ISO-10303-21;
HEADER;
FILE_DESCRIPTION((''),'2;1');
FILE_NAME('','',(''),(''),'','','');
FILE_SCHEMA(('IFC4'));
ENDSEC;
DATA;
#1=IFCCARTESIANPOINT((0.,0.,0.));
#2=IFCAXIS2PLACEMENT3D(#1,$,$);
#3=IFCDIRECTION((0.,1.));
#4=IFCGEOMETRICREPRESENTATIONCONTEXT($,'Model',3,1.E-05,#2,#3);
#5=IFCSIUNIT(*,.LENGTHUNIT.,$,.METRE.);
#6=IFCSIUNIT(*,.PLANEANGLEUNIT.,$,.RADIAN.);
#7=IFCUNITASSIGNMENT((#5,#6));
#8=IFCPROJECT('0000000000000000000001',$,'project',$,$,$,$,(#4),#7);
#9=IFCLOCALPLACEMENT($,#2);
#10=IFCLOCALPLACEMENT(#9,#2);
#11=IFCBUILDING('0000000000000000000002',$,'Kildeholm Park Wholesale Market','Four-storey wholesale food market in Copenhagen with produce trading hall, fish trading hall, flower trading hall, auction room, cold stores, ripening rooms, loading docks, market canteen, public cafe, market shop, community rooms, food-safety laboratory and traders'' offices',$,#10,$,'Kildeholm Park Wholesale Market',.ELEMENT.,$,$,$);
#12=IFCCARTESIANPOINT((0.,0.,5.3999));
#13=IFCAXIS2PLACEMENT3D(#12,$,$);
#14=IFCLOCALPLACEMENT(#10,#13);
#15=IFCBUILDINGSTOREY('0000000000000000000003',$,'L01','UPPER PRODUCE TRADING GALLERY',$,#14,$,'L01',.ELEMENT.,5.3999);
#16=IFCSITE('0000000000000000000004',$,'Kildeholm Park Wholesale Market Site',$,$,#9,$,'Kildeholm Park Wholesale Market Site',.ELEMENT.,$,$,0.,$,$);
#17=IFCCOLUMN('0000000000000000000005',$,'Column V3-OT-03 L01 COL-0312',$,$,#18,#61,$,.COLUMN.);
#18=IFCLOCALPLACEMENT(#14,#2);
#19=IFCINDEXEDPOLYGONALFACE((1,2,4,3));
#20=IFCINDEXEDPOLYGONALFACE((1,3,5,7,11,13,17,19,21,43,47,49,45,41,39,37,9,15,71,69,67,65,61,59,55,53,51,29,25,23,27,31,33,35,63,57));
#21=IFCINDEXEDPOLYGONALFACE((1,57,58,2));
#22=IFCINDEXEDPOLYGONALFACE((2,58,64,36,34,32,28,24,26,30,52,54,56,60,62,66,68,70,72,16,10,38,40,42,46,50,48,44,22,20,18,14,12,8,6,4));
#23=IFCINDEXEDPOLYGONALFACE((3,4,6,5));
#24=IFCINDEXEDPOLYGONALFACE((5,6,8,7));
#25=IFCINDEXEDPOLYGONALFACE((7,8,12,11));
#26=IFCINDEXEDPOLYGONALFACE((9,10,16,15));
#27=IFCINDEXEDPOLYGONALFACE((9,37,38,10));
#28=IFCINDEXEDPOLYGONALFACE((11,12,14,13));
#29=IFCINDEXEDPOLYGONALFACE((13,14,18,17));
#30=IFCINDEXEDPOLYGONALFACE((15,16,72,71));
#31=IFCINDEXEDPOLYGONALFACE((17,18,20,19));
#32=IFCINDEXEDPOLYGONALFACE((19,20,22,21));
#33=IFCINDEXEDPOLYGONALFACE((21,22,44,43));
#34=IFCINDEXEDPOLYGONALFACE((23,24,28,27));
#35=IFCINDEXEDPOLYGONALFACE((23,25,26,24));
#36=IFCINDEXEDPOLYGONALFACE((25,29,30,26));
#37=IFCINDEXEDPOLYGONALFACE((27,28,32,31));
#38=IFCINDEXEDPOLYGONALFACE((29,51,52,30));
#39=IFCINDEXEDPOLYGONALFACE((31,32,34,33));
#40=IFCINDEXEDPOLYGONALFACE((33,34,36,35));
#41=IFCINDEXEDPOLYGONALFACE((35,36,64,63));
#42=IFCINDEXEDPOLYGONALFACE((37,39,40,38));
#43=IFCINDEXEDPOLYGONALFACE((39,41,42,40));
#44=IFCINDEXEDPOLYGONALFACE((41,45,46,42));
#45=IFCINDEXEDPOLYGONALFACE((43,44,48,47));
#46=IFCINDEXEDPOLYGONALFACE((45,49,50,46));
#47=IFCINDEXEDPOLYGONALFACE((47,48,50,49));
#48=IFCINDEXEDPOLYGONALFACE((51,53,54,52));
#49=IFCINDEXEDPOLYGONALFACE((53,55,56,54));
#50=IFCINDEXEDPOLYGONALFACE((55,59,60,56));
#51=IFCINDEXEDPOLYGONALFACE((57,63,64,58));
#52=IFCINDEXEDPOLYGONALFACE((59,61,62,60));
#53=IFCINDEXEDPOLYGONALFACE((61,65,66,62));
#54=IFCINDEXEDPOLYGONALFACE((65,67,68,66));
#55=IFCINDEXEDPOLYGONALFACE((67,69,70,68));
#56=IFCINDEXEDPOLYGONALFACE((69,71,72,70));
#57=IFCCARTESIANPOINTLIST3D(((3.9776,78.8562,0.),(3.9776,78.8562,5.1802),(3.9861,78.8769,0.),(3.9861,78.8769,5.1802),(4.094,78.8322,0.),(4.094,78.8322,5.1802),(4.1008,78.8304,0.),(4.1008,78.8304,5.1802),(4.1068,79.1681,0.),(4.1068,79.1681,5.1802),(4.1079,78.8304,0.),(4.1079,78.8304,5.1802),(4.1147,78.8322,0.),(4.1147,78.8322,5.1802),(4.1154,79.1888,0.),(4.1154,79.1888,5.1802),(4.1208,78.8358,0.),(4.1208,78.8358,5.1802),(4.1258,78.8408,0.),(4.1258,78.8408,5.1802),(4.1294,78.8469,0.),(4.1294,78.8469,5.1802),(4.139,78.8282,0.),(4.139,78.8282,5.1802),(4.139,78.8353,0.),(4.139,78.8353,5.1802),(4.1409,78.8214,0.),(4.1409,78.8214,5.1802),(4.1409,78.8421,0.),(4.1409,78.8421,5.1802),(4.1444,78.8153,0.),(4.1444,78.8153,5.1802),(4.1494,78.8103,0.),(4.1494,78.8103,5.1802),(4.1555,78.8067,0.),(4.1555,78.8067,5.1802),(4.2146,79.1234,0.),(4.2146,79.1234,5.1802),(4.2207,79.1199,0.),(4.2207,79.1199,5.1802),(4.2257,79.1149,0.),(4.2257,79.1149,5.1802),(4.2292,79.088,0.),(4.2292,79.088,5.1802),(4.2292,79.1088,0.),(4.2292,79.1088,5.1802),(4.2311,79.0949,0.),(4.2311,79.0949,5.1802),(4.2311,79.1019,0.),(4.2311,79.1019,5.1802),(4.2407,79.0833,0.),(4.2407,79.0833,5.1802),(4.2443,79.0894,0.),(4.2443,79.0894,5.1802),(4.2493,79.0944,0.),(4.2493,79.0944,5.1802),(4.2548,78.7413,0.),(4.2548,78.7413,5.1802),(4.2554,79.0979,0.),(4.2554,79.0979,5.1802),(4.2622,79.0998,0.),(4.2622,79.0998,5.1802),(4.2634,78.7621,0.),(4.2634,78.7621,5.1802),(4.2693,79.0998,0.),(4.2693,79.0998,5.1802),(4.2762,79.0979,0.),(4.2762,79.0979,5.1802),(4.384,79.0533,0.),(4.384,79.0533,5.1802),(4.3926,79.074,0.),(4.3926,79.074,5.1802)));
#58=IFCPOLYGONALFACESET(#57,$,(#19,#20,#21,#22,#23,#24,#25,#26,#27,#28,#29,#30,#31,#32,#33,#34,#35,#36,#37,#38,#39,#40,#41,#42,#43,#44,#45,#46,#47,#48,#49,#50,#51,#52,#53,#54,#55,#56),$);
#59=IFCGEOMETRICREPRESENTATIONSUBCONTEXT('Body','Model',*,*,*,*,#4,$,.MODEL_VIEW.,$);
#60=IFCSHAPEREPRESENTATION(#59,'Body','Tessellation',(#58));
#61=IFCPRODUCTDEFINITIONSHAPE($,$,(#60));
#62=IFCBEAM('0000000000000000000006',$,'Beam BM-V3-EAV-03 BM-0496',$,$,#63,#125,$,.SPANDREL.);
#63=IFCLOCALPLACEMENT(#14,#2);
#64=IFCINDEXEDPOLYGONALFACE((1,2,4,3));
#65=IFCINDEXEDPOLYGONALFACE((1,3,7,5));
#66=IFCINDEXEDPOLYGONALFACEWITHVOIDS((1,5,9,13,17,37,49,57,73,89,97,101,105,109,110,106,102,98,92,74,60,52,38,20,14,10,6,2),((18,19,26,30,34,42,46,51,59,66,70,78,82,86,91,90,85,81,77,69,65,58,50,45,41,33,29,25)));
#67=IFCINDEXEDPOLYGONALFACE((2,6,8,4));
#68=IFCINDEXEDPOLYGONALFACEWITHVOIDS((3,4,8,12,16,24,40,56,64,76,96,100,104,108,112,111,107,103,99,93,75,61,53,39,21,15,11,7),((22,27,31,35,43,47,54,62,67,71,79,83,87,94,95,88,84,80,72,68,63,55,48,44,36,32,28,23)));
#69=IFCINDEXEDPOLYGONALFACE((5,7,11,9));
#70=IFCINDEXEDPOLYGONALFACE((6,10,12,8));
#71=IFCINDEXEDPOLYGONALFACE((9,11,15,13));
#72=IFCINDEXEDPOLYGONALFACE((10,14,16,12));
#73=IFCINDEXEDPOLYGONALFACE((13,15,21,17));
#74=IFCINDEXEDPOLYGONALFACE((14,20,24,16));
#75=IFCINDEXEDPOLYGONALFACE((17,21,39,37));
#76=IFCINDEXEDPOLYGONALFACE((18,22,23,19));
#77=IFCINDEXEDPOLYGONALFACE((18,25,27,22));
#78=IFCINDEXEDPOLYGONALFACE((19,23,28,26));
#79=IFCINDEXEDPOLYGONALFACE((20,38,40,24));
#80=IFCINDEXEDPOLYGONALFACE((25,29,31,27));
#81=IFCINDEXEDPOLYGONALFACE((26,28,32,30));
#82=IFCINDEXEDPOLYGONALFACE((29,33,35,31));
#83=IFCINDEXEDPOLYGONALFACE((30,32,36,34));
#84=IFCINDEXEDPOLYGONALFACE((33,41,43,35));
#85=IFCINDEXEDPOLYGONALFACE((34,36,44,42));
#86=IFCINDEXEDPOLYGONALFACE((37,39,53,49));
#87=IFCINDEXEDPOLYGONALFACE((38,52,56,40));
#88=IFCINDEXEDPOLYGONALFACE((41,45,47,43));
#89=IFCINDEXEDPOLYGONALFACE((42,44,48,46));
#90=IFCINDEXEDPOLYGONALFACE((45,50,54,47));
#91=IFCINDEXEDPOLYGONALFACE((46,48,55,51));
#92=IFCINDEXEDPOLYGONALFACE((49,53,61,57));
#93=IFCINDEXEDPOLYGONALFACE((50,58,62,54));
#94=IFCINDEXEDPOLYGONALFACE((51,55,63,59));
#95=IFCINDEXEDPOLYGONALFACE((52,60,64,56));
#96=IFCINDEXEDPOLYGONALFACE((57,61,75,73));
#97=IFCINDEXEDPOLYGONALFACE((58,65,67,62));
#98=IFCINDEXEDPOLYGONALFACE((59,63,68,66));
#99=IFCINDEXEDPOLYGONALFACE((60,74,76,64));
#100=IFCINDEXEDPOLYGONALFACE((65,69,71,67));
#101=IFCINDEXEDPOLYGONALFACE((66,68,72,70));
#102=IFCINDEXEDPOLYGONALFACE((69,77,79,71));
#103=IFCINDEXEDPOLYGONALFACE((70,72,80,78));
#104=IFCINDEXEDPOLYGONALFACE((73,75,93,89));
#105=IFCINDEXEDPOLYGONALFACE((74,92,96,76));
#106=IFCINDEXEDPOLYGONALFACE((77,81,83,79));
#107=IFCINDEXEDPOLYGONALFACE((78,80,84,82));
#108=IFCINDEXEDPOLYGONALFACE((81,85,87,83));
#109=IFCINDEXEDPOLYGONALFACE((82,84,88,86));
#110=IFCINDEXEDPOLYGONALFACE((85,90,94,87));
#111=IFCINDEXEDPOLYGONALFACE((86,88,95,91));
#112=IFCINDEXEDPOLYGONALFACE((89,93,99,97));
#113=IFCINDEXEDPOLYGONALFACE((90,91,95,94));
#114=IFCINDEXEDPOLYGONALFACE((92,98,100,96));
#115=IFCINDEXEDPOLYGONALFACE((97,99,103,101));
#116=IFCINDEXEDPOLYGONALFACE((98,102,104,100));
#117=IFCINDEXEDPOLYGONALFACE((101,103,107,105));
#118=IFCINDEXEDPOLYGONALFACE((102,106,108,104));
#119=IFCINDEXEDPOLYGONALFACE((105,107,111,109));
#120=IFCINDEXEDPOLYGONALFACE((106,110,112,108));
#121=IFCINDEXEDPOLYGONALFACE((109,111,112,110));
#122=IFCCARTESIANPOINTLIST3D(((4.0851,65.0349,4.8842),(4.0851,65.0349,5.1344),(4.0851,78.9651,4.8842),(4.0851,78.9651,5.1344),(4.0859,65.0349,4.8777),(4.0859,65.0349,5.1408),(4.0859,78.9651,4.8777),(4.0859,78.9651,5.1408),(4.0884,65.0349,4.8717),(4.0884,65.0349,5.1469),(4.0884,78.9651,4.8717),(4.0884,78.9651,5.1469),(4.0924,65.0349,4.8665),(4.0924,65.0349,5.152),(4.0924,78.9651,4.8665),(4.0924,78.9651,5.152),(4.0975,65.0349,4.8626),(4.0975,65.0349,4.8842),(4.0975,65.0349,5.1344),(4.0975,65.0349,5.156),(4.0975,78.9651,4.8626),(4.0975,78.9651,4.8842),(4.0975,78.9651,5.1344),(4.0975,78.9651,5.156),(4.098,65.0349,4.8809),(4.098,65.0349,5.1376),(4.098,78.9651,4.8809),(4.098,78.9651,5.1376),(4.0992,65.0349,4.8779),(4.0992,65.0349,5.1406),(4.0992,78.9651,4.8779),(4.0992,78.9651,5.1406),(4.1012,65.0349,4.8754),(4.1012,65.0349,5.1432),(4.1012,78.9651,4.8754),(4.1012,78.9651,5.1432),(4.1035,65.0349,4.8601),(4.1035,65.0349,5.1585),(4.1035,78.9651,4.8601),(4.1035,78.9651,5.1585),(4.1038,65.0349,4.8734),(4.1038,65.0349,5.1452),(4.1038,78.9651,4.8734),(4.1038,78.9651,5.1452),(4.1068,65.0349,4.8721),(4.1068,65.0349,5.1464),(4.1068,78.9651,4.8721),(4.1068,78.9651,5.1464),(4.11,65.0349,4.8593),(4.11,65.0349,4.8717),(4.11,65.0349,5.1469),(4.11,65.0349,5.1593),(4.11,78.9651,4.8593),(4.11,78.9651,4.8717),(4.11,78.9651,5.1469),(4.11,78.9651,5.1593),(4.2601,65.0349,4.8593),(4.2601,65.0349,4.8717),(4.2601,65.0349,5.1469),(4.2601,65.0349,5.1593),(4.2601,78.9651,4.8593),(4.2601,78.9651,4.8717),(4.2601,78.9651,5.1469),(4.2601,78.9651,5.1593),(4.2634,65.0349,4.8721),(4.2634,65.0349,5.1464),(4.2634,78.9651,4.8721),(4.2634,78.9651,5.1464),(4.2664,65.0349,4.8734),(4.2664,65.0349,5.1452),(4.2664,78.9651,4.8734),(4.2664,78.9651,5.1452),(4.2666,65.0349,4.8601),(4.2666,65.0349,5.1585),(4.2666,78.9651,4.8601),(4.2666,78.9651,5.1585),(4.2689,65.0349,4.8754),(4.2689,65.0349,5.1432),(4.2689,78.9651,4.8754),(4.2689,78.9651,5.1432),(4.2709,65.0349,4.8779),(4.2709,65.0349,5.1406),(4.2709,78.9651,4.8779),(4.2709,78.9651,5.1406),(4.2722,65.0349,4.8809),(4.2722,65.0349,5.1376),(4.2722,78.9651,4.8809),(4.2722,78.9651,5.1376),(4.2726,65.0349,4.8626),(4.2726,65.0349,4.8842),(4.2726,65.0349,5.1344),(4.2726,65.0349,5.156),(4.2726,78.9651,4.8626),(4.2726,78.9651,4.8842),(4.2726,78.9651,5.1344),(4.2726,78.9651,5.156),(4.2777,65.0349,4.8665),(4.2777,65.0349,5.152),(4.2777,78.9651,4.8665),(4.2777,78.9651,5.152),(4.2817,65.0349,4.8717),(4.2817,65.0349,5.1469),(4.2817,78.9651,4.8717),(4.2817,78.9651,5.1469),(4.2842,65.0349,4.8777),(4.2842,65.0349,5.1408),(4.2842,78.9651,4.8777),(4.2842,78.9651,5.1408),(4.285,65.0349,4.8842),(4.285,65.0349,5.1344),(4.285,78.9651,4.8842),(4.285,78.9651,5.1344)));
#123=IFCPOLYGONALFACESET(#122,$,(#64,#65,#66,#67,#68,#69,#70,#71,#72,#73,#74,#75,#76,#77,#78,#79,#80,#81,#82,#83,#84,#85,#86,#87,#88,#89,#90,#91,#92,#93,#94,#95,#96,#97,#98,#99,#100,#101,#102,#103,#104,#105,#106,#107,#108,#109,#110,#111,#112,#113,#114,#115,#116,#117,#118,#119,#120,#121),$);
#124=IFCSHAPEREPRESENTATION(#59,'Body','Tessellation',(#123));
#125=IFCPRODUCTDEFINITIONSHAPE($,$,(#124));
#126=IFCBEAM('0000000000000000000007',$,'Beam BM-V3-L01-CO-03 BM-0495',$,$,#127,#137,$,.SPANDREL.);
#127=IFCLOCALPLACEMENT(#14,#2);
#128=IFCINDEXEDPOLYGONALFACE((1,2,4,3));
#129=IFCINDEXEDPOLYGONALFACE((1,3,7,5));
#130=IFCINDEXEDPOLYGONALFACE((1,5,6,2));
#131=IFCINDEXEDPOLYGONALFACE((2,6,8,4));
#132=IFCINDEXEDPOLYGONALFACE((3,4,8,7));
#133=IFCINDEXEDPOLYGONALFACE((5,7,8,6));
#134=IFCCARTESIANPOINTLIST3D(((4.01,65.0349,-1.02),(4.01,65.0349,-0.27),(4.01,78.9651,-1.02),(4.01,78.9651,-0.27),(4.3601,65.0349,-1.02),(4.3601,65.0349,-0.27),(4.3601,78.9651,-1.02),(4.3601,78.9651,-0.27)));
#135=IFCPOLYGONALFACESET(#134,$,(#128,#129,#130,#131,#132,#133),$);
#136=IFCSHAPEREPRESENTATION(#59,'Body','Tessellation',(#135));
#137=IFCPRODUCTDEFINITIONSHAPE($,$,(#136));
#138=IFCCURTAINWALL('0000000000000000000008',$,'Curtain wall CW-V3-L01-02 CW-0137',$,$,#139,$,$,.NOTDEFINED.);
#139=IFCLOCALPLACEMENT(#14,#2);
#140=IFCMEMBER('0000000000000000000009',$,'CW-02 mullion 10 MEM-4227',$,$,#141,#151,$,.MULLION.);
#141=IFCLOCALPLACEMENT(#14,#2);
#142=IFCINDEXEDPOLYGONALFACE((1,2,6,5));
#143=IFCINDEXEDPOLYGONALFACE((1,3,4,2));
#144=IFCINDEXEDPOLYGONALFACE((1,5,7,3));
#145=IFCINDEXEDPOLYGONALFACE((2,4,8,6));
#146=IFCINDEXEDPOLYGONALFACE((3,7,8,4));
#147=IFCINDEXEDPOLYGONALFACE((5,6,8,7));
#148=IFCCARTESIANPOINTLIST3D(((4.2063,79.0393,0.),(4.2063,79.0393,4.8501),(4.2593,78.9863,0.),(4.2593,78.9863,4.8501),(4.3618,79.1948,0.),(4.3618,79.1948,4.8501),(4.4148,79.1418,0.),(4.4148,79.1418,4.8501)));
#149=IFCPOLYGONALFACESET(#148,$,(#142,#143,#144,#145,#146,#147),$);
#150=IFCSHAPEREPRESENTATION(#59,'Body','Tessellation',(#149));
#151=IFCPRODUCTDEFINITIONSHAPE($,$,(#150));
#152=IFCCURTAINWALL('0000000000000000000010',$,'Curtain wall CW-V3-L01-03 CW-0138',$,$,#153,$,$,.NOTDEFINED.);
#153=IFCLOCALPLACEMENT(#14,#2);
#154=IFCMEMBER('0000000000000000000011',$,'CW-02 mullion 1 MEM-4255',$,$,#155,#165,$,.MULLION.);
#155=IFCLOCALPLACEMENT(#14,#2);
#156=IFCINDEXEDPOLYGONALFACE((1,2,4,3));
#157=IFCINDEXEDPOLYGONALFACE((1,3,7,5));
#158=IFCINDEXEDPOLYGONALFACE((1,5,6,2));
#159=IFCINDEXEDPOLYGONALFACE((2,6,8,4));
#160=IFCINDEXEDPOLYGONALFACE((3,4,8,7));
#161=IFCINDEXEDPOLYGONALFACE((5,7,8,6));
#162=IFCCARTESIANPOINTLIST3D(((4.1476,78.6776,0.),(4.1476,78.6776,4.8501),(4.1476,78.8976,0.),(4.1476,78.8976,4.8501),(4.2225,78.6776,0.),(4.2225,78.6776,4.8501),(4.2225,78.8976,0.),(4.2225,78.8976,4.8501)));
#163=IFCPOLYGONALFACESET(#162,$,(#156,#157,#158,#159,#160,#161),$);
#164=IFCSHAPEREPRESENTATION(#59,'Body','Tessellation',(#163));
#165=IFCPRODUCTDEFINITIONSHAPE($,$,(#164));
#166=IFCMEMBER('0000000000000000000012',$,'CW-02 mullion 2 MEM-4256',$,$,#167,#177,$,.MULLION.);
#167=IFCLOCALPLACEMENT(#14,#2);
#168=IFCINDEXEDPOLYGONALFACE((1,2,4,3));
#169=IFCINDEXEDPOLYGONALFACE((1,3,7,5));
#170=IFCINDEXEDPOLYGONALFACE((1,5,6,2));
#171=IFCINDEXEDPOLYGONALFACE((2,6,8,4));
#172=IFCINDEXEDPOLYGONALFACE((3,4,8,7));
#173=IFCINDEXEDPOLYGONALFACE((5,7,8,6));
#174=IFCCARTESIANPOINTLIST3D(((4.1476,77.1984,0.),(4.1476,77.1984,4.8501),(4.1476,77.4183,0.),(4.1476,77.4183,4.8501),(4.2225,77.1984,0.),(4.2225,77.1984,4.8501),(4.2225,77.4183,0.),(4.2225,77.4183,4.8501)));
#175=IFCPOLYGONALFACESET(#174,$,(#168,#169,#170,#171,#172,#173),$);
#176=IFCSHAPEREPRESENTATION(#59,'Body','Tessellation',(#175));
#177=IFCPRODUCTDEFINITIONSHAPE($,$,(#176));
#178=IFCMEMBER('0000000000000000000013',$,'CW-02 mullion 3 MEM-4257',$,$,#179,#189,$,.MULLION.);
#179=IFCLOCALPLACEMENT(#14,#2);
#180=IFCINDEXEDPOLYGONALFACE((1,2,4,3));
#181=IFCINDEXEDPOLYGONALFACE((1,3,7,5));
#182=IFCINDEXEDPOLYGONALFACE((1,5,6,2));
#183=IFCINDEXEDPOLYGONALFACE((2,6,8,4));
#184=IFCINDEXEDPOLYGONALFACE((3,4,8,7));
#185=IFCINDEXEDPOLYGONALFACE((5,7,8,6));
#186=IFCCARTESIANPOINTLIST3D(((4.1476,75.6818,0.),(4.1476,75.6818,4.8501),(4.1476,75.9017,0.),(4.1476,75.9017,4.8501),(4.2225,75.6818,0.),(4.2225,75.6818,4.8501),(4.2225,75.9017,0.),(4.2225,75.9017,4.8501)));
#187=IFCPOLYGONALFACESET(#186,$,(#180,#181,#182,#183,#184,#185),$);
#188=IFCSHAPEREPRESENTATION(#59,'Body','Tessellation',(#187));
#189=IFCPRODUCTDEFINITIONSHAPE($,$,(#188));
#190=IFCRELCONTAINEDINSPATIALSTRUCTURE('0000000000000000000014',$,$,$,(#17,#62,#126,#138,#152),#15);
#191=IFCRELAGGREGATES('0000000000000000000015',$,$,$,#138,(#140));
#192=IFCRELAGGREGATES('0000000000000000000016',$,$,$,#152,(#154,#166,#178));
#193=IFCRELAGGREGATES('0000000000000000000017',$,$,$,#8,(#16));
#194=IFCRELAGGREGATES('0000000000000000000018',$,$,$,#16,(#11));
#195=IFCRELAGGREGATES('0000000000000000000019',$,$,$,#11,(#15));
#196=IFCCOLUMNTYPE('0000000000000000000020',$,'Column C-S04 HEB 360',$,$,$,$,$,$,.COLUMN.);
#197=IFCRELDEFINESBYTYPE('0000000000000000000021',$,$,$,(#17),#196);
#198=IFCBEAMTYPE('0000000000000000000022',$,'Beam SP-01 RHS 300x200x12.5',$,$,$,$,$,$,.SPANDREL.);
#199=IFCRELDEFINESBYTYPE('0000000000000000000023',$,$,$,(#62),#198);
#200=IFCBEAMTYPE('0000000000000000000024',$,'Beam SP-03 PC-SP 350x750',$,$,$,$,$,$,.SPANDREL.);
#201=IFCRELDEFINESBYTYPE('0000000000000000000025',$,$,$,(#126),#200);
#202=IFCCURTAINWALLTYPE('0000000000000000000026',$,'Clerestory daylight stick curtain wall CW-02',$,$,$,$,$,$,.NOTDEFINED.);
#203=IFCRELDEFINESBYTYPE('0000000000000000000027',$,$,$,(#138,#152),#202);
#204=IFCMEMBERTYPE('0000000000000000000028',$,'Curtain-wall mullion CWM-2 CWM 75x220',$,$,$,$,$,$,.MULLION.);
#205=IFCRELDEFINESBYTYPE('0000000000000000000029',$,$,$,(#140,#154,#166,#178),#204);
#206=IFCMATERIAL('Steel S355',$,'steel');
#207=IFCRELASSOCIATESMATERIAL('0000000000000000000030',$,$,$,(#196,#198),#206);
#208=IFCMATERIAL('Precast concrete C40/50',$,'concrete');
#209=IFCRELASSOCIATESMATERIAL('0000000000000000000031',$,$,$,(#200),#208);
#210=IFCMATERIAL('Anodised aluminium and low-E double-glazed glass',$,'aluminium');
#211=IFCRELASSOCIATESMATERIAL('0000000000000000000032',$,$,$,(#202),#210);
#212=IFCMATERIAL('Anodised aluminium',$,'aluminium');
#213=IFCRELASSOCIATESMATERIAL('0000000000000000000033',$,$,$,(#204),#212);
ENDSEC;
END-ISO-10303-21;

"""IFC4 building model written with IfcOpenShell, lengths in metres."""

from ifc_helpers import new_model, si_unit, direction, frame, origin, origin_2d, place, context, subcontext, project, spatial, rectangle, hollow_rectangle, i_section, extrude, material, material_profile, profile_set, type_object, element, aggregate, save


model = new_model("IFC4")

# Units and contexts
model_context = context("Model", 3, precision=1e-05, world=origin(), true_north=direction((0.0, 1.0)))
body_context = subcontext(model_context, "Body", "Model", "MODEL_VIEW")
ifc_project = project(units=[si_unit("LENGTHUNIT", "METRE"), si_unit("PLANEANGLEUNIT", "RADIAN")], contexts=[model_context])

# Site, building, storey
site_placement = place(None, origin())
site = spatial("IfcSite", under=ifc_project, at=site_placement, Name="Kildeholm Park Wholesale Market Site", LongName="Kildeholm Park Wholesale Market Site", CompositionType="ELEMENT", RefElevation=0.0)
building_placement = place(site_placement, origin())
building = spatial("IfcBuilding", under=site, at=building_placement, Name="Kildeholm Park Wholesale Market", Description="Four-storey wholesale food market in Copenhagen with produce trading hall, fish trading hall, flower trading hall, auction room, cold stores, ripening rooms, loading docks, market canteen, public cafe, market shop, community rooms, food-safety laboratory and traders' offices", LongName="Kildeholm Park Wholesale Market", CompositionType="ELEMENT")
storey_placement = place(building_placement, frame((0.0, 0.0, 5.3999)))
storey = spatial("IfcBuildingStorey", under=building, at=storey_placement, Name="L01", Description="UPPER PRODUCE TRADING GALLERY", LongName="L01", CompositionType="ELEMENT", Elevation=5.3999)

# Column
ifc_material_1 = material(Name="Steel S355", Category="steel")
ifc_material_profile_1 = material_profile(ifc_material_1, i_section(OverallWidth=0.3, OverallDepth=0.3601, WebThickness=0.0125, FlangeThickness=0.0225, FilletRadius=0.0271, at=origin_2d()), Name="HEB 360")
ifc_profile_set_1 = profile_set([ifc_material_profile_1], Name="Steel S355")
column_type = type_object("IfcColumnType", Name="Column C-S04 HEB 360", PredefinedType="COLUMN", material=ifc_profile_set_1)
column_placement = place(storey_placement, frame((4.1851, 78.9651, 0.0), z_axis=(0.0, 0.0, 1.0), x_axis=(-0.92388, 0.382683, 0.0)))
element("IfcColumn", 1, at=column_placement, inside=storey, type_object=column_type, Name="Column V3-OT-03 L01 COL-0312", PredefinedType="COLUMN", context=body_context, shape_type="SweptSolid", body=[
    extrude(i_section(OverallWidth=0.3, OverallDepth=0.3601, WebThickness=0.0125, FlangeThickness=0.0225, FilletRadius=0.0271, at=origin_2d()), origin(), (0.0, 0.0, 1.0), 5.1802),
])

# Beams
ifc_material_profile_2 = material_profile(ifc_material_1, hollow_rectangle(XDim=0.2, YDim=0.3, WallThickness=0.0125, InnerFilletRadius=0.0125, OuterFilletRadius=0.0249, at=origin_2d()), Name="RHS 300x200x12.5")
ifc_profile_set_2 = profile_set([ifc_material_profile_2], Name="Steel S355")
beam_type_1 = type_object("IfcBeamType", Name="Beam SP-01 RHS 300x200x12.5", PredefinedType="SPANDREL", material=ifc_profile_set_2)
beam_1_placement = place(storey_placement, frame((4.1851, 78.9651, 5.0093), z_axis=(0.0, -1.0, 0.0), x_axis=(1.0, 0.0, 0.0)))
element("IfcBeam", 2, at=beam_1_placement, inside=storey, type_object=beam_type_1, Name="Beam BM-V3-EAV-03 BM-0496", PredefinedType="SPANDREL", context=body_context, shape_type="SweptSolid", body=[
    extrude(hollow_rectangle(XDim=0.2, YDim=0.3, WallThickness=0.0125, InnerFilletRadius=0.0125, OuterFilletRadius=0.0249, at=origin_2d()), origin(), (0.0, 0.0, 1.0), 13.9302),
])
ifc_material_2 = material(Name="Precast concrete C40/50", Category="concrete")
ifc_material_profile_3 = material_profile(ifc_material_2, rectangle(XDim=0.3501, YDim=0.75, at=origin_2d()), Name="PC-SP 350x750")
ifc_profile_set_3 = profile_set([ifc_material_profile_3], Name="Precast concrete C40/50")
beam_type_2 = type_object("IfcBeamType", Name="Beam SP-03 PC-SP 350x750", PredefinedType="SPANDREL", material=ifc_profile_set_3)
beam_2_placement = place(storey_placement, frame((4.1851, 78.9651, -0.645), z_axis=(0.0, -1.0, 0.0), x_axis=(1.0, 0.0, 0.0)))
element("IfcBeam", 3, at=beam_2_placement, inside=storey, type_object=beam_type_2, Name="Beam BM-V3-L01-CO-03 BM-0495", PredefinedType="SPANDREL", context=body_context, shape_type="SweptSolid", body=[
    extrude(rectangle(XDim=0.3501, YDim=0.75, at=origin_2d()), origin(), (0.0, 0.0, 1.0), 13.9302),
])

# Curtain wall, member
ifc_material_3 = material(Name="Anodised aluminium and low-E double-glazed glass", Category="aluminium")
curtain_wall_type = type_object("IfcCurtainWallType", Name="Clerestory daylight stick curtain wall CW-02", PredefinedType="NOTDEFINED", material=ifc_material_3)
curtain_wall_1_placement = place(storey_placement, origin())
curtain_wall_1 = element("IfcCurtainWall", 4, at=curtain_wall_1_placement, inside=storey, type_object=curtain_wall_type, Name="Curtain wall CW-V3-L01-02 CW-0137", PredefinedType="NOTDEFINED")
ifc_material_4 = material(Name="Anodised aluminium", Category="aluminium")
ifc_material_profile_4 = material_profile(ifc_material_4, rectangle(XDim=0.075, YDim=0.22, at=origin_2d()), Name="CWM 75x220")
ifc_profile_set_4 = profile_set([ifc_material_profile_4], Name="Anodised aluminium")
member_type_1 = type_object("IfcMemberType", Name="Curtain-wall mullion CWM-2 CWM 75x220", PredefinedType="MULLION", material=ifc_profile_set_4)
member_1_placement = place(storey_placement, frame((4.3105, 79.0906, 0.0), z_axis=(0.0, 0.0, 1.0), x_axis=(0.707107, -0.707107, 0.0)))
member_1 = element("IfcMember", 5, at=member_1_placement, type_object=member_type_1, Name="CW-02 mullion 10 MEM-4227", PredefinedType="MULLION", context=body_context, shape_type="SweptSolid", body=[
    extrude(rectangle(XDim=0.075, YDim=0.22, at=origin_2d()), origin(), (0.0, 0.0, 1.0), 4.8501),
])

# Curtain wall, members
curtain_wall_2_placement = place(storey_placement, origin())
curtain_wall_2 = element("IfcCurtainWall", 6, at=curtain_wall_2_placement, inside=storey, type_object=curtain_wall_type, Name="Curtain wall CW-V3-L01-03 CW-0138", PredefinedType="NOTDEFINED")
member_2_placement = place(storey_placement, frame((4.1851, 78.7876, 0.0), z_axis=(0.0, 0.0, 1.0), x_axis=(1.0, 0.0, 0.0)))
member_2 = element("IfcMember", 7, at=member_2_placement, type_object=member_type_1, Name="CW-02 mullion 1 MEM-4255", PredefinedType="MULLION", context=body_context, shape_type="SweptSolid", body=[
    extrude(rectangle(XDim=0.075, YDim=0.22, at=origin_2d()), origin(), (0.0, 0.0, 1.0), 4.8501),
])
member_3_placement = place(storey_placement, frame((4.1851, 77.3083, 0.0), z_axis=(0.0, 0.0, 1.0), x_axis=(1.0, 0.0, 0.0)))
member_3 = element("IfcMember", 8, at=member_3_placement, type_object=member_type_1, Name="CW-02 mullion 2 MEM-4256", PredefinedType="MULLION", context=body_context, shape_type="SweptSolid", body=[
    extrude(rectangle(XDim=0.075, YDim=0.22, at=origin_2d()), origin(), (0.0, 0.0, 1.0), 4.8501),
])
member_4_placement = place(storey_placement, frame((4.1851, 75.7917, 0.0), z_axis=(0.0, 0.0, 1.0), x_axis=(1.0, 0.0, 0.0)))
member_4 = element("IfcMember", 9, at=member_4_placement, type_object=member_type_1, Name="CW-02 mullion 3 MEM-4257", PredefinedType="MULLION", context=body_context, shape_type="SweptSolid", body=[
    extrude(rectangle(XDim=0.075, YDim=0.22, at=origin_2d()), origin(), (0.0, 0.0, 1.0), 4.8501),
])

aggregate(curtain_wall_1, [member_1])
aggregate(curtain_wall_2, [member_2, member_3, member_4])

save(model, "model.ifc")
